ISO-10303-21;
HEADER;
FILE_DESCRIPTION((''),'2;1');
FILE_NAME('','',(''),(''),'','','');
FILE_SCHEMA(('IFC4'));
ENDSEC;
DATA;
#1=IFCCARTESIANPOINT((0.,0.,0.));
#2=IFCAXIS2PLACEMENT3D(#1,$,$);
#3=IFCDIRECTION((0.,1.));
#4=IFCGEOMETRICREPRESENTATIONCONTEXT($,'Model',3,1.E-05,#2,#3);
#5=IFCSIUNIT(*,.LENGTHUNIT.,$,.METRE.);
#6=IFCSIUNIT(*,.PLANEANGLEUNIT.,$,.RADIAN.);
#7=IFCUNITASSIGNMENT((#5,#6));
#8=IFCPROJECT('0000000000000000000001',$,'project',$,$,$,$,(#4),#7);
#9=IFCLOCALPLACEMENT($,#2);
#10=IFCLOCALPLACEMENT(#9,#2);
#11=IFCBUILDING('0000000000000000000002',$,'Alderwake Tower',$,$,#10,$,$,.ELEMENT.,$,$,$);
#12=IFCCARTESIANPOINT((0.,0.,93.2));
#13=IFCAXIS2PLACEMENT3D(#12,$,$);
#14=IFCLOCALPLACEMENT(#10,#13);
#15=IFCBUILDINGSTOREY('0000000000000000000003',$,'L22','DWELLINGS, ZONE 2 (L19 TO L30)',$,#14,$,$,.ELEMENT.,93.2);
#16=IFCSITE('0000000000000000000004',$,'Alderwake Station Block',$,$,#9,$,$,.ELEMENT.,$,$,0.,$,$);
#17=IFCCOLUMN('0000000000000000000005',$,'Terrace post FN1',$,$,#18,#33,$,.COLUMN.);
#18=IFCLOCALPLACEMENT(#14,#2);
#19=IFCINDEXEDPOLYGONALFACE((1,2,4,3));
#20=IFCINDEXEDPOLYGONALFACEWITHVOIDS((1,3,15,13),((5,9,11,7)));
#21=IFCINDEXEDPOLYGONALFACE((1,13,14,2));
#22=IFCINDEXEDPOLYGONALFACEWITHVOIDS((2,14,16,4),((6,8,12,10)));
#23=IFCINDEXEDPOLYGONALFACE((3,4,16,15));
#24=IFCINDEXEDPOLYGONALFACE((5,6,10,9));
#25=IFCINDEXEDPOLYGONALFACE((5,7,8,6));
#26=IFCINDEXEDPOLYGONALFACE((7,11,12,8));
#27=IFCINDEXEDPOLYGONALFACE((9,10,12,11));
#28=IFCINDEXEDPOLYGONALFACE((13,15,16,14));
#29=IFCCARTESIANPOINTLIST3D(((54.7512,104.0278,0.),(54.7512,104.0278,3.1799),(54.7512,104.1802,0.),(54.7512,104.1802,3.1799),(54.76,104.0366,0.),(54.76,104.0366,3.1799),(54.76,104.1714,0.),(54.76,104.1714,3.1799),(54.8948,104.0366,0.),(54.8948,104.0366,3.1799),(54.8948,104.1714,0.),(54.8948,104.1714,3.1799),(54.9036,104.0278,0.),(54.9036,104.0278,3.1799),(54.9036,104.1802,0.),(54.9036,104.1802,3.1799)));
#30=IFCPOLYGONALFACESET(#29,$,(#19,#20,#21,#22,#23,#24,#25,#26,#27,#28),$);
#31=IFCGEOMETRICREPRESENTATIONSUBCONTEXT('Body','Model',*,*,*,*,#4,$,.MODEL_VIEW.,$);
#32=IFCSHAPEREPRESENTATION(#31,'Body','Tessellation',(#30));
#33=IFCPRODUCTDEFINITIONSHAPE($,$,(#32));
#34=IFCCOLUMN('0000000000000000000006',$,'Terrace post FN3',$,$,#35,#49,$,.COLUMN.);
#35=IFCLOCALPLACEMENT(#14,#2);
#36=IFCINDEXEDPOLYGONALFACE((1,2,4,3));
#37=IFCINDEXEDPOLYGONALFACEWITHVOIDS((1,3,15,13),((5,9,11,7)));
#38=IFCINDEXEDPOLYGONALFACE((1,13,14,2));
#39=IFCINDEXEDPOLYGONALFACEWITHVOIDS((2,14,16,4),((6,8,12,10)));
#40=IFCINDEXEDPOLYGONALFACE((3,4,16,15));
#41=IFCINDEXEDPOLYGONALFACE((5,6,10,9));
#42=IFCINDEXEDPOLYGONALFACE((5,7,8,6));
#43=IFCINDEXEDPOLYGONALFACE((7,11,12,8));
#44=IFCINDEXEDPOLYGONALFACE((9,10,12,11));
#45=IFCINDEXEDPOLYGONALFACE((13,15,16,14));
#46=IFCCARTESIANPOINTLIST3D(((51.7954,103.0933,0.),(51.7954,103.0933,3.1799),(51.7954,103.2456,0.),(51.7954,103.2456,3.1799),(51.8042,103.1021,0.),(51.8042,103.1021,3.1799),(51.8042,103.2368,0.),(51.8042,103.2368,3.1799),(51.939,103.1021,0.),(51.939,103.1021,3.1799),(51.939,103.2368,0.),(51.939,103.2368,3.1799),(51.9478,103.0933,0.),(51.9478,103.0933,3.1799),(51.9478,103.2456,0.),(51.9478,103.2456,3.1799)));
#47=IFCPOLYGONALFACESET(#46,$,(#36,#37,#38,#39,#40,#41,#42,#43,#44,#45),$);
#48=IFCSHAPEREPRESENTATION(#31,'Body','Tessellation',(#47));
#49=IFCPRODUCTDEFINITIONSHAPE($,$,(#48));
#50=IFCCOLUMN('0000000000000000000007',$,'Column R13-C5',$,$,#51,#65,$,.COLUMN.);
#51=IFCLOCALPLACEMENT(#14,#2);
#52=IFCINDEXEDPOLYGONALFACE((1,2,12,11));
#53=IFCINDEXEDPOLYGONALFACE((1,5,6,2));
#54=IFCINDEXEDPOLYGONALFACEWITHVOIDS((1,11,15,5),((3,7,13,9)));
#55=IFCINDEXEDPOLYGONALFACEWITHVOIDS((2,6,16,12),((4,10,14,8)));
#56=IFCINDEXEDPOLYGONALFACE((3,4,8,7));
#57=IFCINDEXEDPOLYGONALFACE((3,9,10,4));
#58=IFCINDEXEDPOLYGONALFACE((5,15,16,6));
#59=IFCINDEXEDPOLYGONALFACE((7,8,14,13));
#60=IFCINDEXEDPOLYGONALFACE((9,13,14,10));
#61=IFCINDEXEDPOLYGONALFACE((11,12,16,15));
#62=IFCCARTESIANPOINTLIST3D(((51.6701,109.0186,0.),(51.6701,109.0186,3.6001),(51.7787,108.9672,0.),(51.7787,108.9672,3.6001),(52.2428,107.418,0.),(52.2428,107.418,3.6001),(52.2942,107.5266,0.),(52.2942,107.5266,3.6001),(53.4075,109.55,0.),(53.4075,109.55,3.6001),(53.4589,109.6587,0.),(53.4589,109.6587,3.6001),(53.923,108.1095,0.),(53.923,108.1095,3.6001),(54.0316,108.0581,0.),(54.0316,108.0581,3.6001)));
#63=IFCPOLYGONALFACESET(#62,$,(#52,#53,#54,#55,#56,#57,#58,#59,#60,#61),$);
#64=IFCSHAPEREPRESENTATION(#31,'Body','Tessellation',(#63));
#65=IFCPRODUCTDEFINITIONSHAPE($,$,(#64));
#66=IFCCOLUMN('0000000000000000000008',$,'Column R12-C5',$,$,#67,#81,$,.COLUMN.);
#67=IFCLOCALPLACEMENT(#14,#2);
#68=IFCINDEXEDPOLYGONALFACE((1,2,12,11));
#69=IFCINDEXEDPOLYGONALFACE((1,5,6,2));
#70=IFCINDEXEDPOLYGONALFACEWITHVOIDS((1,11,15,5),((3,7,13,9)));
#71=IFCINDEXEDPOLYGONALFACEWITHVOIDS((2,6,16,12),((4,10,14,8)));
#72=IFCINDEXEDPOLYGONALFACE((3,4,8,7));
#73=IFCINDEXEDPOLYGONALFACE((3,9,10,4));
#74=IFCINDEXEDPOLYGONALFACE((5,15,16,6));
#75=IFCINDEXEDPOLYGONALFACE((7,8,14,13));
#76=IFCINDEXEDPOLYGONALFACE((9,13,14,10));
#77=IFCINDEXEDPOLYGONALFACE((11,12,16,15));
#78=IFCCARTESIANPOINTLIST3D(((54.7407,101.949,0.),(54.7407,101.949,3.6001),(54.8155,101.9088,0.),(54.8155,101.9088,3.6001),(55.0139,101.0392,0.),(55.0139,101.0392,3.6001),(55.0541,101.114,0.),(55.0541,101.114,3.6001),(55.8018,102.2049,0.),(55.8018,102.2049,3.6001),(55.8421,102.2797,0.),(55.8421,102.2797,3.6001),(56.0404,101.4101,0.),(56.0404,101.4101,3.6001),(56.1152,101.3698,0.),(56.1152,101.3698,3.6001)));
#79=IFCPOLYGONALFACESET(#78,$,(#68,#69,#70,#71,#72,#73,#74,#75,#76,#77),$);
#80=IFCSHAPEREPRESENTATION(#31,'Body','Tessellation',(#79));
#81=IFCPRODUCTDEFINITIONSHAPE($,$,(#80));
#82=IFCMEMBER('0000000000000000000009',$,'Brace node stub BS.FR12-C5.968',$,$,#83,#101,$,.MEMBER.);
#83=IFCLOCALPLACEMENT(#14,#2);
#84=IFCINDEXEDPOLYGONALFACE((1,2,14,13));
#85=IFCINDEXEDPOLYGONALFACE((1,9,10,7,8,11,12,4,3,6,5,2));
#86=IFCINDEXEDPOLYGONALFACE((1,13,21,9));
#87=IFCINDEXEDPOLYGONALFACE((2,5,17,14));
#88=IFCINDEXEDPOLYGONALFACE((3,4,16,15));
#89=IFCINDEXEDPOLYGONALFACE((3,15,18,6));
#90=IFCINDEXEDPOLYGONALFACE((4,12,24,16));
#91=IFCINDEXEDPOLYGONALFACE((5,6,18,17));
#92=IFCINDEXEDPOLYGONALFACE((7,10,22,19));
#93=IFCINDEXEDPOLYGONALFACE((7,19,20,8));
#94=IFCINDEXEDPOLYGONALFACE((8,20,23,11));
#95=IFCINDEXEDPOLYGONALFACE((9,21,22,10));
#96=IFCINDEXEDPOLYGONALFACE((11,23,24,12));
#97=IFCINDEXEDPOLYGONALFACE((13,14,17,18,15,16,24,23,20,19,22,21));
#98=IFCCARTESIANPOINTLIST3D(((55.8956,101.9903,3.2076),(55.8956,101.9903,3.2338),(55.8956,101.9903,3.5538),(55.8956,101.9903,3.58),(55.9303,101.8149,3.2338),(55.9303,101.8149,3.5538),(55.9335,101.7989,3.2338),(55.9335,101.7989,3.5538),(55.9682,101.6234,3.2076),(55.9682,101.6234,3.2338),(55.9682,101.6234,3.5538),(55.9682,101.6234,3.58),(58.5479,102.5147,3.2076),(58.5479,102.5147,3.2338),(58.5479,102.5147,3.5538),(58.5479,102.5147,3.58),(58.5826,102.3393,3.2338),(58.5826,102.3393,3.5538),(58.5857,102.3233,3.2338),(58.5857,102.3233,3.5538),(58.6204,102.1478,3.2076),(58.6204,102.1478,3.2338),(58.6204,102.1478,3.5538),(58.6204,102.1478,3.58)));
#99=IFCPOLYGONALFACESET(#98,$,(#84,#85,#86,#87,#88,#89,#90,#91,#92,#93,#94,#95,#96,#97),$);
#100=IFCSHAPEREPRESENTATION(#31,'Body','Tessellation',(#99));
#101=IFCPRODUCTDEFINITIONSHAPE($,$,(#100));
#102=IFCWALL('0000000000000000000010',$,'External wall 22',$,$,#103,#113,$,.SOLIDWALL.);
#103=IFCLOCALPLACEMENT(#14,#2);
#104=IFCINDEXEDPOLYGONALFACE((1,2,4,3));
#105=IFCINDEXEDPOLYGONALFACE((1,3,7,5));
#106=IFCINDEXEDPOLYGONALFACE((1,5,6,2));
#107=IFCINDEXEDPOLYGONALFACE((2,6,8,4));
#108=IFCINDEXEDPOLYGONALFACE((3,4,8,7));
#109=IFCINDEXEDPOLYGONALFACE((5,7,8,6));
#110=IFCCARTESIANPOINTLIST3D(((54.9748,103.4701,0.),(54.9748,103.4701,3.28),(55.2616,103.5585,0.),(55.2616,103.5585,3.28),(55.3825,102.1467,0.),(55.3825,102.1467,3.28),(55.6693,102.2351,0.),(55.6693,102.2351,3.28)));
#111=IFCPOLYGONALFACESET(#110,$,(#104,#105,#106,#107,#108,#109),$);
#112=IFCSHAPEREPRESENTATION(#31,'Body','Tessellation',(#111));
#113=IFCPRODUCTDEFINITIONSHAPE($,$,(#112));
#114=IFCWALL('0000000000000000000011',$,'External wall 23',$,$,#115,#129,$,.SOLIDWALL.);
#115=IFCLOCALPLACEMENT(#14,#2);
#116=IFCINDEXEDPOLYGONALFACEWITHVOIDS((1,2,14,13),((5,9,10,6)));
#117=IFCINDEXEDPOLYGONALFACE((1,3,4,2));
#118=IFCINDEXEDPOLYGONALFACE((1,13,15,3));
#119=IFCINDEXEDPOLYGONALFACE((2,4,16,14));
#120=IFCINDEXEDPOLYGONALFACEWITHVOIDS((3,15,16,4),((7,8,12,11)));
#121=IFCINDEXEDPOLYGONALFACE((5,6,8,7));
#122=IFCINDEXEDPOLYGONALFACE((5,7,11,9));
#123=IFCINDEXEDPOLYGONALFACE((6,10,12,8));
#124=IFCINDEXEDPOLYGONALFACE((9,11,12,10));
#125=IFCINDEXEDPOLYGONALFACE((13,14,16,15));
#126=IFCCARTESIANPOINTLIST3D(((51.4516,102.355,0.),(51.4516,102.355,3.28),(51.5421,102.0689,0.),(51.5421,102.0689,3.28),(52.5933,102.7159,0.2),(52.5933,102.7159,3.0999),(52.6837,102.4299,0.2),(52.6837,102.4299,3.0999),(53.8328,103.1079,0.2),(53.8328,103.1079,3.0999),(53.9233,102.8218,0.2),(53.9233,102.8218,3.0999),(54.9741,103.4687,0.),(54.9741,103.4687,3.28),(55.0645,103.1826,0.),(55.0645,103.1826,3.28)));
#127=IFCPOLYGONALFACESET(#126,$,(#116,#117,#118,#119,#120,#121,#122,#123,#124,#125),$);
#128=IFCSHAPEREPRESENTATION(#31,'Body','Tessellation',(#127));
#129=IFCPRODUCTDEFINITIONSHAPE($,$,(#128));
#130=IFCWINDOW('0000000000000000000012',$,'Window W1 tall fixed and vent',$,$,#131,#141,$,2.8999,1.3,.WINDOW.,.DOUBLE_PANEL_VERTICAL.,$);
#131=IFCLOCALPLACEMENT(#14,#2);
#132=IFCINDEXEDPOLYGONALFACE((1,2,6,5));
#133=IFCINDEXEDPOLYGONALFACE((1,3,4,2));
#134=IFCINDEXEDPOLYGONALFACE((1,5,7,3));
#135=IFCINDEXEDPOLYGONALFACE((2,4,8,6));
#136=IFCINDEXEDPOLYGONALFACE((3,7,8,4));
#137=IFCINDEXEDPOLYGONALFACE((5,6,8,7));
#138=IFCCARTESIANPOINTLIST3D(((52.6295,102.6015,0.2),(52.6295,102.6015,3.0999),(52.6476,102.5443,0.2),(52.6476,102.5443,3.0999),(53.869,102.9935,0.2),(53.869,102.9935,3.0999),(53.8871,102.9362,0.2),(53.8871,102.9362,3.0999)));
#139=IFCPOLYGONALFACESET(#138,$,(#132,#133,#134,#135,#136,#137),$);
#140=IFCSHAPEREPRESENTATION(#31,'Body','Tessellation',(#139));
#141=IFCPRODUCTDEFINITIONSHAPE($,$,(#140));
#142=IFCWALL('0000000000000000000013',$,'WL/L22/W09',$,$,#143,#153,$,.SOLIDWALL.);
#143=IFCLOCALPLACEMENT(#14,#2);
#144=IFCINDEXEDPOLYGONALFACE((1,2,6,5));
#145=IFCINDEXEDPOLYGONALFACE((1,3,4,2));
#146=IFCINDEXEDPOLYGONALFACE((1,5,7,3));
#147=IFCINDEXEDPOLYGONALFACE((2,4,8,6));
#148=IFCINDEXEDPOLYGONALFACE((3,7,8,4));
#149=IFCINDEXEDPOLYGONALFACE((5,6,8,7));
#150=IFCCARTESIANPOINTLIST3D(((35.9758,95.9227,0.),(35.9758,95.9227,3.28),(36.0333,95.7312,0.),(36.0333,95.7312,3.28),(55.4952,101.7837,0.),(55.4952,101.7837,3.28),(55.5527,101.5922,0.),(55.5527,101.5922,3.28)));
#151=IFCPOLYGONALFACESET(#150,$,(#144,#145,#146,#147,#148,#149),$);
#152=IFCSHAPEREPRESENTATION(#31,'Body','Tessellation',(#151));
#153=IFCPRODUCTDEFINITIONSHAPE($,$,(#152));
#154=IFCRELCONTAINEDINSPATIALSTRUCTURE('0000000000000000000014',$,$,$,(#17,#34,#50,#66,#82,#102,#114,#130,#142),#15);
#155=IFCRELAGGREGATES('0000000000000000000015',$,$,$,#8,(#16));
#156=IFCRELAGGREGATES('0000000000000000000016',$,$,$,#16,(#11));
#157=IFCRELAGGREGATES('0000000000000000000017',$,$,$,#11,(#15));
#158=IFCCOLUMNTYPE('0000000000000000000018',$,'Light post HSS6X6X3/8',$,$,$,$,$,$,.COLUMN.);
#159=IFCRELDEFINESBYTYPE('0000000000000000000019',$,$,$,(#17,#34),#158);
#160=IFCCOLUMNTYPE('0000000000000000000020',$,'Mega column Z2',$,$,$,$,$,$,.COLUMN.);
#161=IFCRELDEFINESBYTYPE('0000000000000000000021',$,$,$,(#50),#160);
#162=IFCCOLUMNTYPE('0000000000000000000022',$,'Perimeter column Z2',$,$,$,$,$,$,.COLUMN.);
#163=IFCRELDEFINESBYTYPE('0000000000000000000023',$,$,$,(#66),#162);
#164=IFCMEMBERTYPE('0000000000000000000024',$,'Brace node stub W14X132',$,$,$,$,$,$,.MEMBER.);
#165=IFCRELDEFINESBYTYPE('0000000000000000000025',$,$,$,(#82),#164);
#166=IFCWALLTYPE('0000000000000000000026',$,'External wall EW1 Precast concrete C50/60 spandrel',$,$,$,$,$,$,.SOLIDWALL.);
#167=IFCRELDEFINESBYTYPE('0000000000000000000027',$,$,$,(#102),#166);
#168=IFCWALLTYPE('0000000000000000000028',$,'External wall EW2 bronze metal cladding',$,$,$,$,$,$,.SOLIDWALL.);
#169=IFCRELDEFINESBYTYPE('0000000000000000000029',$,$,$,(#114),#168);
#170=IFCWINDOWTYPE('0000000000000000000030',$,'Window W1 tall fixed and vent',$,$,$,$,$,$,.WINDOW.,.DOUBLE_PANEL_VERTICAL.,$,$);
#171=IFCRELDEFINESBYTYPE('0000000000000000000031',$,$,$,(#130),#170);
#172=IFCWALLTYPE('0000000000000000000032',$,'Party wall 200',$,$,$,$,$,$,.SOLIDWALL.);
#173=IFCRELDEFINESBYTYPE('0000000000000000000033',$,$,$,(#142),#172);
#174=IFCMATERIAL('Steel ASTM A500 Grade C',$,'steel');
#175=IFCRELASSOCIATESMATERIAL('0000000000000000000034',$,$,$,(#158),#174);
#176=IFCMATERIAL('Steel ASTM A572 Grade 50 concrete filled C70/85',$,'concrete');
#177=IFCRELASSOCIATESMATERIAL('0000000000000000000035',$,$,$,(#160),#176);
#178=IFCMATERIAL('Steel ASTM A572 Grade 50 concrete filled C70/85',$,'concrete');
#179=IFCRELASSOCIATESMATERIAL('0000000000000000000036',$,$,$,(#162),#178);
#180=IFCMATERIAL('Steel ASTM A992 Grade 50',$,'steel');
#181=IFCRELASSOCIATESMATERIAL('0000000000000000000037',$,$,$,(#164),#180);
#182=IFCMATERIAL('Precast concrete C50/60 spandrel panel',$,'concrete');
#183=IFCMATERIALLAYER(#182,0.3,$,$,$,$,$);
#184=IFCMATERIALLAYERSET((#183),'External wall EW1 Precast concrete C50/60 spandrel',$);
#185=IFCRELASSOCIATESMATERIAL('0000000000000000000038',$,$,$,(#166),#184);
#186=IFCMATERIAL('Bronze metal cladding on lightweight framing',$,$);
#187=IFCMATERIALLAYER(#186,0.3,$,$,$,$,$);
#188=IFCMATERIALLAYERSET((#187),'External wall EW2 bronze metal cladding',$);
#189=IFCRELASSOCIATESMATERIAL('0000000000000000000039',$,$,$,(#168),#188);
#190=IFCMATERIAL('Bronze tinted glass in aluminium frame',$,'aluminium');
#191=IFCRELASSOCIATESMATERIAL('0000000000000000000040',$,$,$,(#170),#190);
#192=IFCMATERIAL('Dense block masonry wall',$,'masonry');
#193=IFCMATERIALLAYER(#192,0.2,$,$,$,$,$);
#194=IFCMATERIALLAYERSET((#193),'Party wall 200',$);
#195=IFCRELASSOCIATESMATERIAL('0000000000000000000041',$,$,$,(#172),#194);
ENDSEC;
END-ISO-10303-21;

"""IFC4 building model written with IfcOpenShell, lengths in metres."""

from ifc_helpers import new_model, si_unit, direction, frame, frame_2d, origin, origin_2d, place, context, subcontext, project, spatial, rectangle, hollow_rectangle, i_section, extrude, material, layer, layer_set, material_profile, profile_set, type_object, element, fill, save


model = new_model("IFC4")

# Units and contexts
model_context = context("Model", 3, precision=1e-05, world=origin(), true_north=direction((0.0, 1.0)))
body_context = subcontext(model_context, "Body", "Model", "MODEL_VIEW")
ifc_project = project(units=[si_unit("LENGTHUNIT", "METRE"), si_unit("PLANEANGLEUNIT", "RADIAN")], contexts=[model_context])

# Site, building, storey
site_placement = place(None, origin())
site = spatial("IfcSite", under=ifc_project, at=site_placement, Name="Alderwake Station Block", CompositionType="ELEMENT", RefElevation=0.0)
building_placement = place(site_placement, origin())
building = spatial("IfcBuilding", under=site, at=building_placement, Name="Alderwake Tower", CompositionType="ELEMENT")
storey_placement = place(building_placement, frame((0.0, 0.0, 93.2)))
storey = spatial("IfcBuildingStorey", under=building, at=storey_placement, Name="L22", Description="DWELLINGS, ZONE 2 (L19 TO L30)", CompositionType="ELEMENT", Elevation=93.2)

# Columns
ifc_material_1 = material(Name="Steel ASTM A500 Grade C", Category="steel")
ifc_material_profile_1 = material_profile(ifc_material_1, hollow_rectangle(XDim=0.1523, YDim=0.1523, WallThickness=0.0088, at=origin_2d()), Name="HSS6X6X3/8")
ifc_profile_set_1 = profile_set([ifc_material_profile_1], Name="Steel ASTM A500 Grade C")
column_type_1 = type_object("IfcColumnType", Name="Light post HSS6X6X3/8", PredefinedType="COLUMN", material=ifc_profile_set_1)
for number, where, z_axis, x_axis, name in (
    (1, (54.8274, 104.104, 0.0), (0.0, 0.0, 1.0), (1.0, 0.0, 0.0), "Terrace post FN1"),
    (2, (51.8716, 103.1694, 0.0), (0.0, 0.0, 1.0), (1.0, 0.0, 0.0), "Terrace post FN3"),
):
    element("IfcColumn", number, at=place(storey_placement, frame(where, z_axis=z_axis, x_axis=x_axis)), inside=storey, type_object=column_type_1, Name=name, PredefinedType="COLUMN", context=body_context, shape_type="SweptSolid", body=[
        extrude(hollow_rectangle(XDim=0.1523, YDim=0.1523, WallThickness=0.0088, at=origin_2d()), origin(), (0.0, 0.0, 1.0), 3.1799),
    ])
ifc_material_2 = material(Name="Steel ASTM A572 Grade 50 concrete filled C70/85", Category="concrete")
ifc_material_profile_2 = material_profile(ifc_material_2, hollow_rectangle(XDim=1.7, YDim=1.8999, WallThickness=0.085, at=origin_2d()), Name="BOX 1900X1700X85")
ifc_profile_set_2 = profile_set([ifc_material_profile_2], Name="Steel ASTM A572 Grade 50 concrete filled C70/85")
column_type_2 = type_object("IfcColumnType", Name="Mega column Z2", PredefinedType="COLUMN", material=ifc_profile_set_2)
column_1_placement = place(storey_placement, frame((52.8508, 108.5383, 0.0), z_axis=(0.0, 0.0, 1.0), x_axis=(-0.336911, 0.941536, 0.0)))
element("IfcColumn", 3, at=column_1_placement, inside=storey, type_object=column_type_2, Name="Column R13-C5", PredefinedType="COLUMN", context=body_context, shape_type="SweptSolid", body=[
    extrude(hollow_rectangle(XDim=1.7, YDim=1.8999, WallThickness=0.085, at=origin_2d()), origin(), (0.0, 0.0, 1.0), 3.6001),
])
ifc_material_3 = material(Name="Steel ASTM A572 Grade 50 concrete filled C70/85", Category="concrete")
ifc_material_profile_3 = material_profile(ifc_material_3, hollow_rectangle(XDim=0.95, YDim=1.1499, WallThickness=0.0601, at=origin_2d()), Name="BOX 1150X950X60")
ifc_profile_set_3 = profile_set([ifc_material_profile_3], Name="Steel ASTM A572 Grade 50 concrete filled C70/85")
column_type_3 = type_object("IfcColumnType", Name="Perimeter column Z2", PredefinedType="COLUMN", material=ifc_profile_set_3)
column_2_placement = place(storey_placement, frame((55.428, 101.6594, 0.0), z_axis=(0.0, 0.0, 1.0), x_axis=(-0.287549, 0.957766, 0.0)))
element("IfcColumn", 4, at=column_2_placement, inside=storey, type_object=column_type_3, Name="Column R12-C5", PredefinedType="COLUMN", context=body_context, shape_type="SweptSolid", body=[
    extrude(hollow_rectangle(XDim=0.95, YDim=1.1499, WallThickness=0.0601, at=origin_2d()), origin(), (0.0, 0.0, 1.0), 3.6001),
])

# Member
ifc_material_4 = material(Name="Steel ASTM A992 Grade 50", Category="steel")
ifc_material_profile_4 = material_profile(ifc_material_4, i_section(OverallWidth=0.374, OverallDepth=0.3723, WebThickness=0.0164, FlangeThickness=0.0261, at=origin_2d()), Name="W14X132")
ifc_profile_set_4 = profile_set([ifc_material_profile_4], Name="Steel ASTM A992 Grade 50")
member_type = type_object("IfcMemberType", Name="Brace node stub W14X132", PredefinedType="MEMBER", material=ifc_profile_set_4)
member_placement = place(storey_placement, frame((55.9319, 101.8069, 3.3938), z_axis=(0.981009, 0.193962, 0.0), x_axis=(-0.193962, 0.981009, 0.0)))
element("IfcMember", 5, at=member_placement, inside=storey, type_object=member_type, Name="Brace node stub BS.FR12-C5.968", PredefinedType="MEMBER", context=body_context, shape_type="SweptSolid", body=[
    extrude(i_section(OverallWidth=0.374, OverallDepth=0.3723, WebThickness=0.0164, FlangeThickness=0.0261, at=origin_2d()), origin(), (0.0, 0.0, 1.0), 2.7036),
])

# Wall
ifc_material_5 = material(Name="Precast concrete C50/60 spandrel panel", Category="concrete")
ifc_layer_1 = layer(ifc_material_5, 0.3)
ifc_layer_set_1 = layer_set([ifc_layer_1], Name="External wall EW1 Precast concrete C50/60 spandrel")
wall_type_1 = type_object("IfcWallType", Name="External wall EW1 Precast concrete C50/60 spandrel", PredefinedType="SOLIDWALL", material=ifc_layer_set_1)
wall_1_placement = place(storey_placement, frame((55.5259, 102.1909, 0.0), z_axis=(0.0, 0.0, 1.0), x_axis=(-0.294408, 0.95568, 0.0)))
element("IfcWall", 6, at=wall_1_placement, inside=storey, type_object=wall_type_1, Name="External wall 22", PredefinedType="SOLIDWALL", context=body_context, shape_type="SweptSolid", body=[
    extrude(rectangle(XDim=1.3848, YDim=0.3, at=frame_2d((0.6924, 0.0))), origin(), (0.0, 0.0, 1.0), 3.28),
])

# Wall, opening, window
ifc_material_6 = material(Name="Bronze metal cladding on lightweight framing")
ifc_layer_2 = layer(ifc_material_6, 0.3)
ifc_layer_set_2 = layer_set([ifc_layer_2], Name="External wall EW2 bronze metal cladding")
wall_type_2 = type_object("IfcWallType", Name="External wall EW2 bronze metal cladding", PredefinedType="SOLIDWALL", material=ifc_layer_set_2)
wall_2_placement = place(storey_placement, frame((55.0193, 103.3257, 0.0), z_axis=(0.0, 0.0, 1.0), x_axis=(-0.953473, -0.301479, 0.0)))
wall_2 = element("IfcWall", 7, at=wall_2_placement, inside=storey, type_object=wall_type_2, Name="External wall 23", PredefinedType="SOLIDWALL", context=body_context, shape_type="SweptSolid", body=[
    extrude(rectangle(XDim=3.6943, YDim=0.3, at=frame_2d((1.8472, 0.0))), origin(), (0.0, 0.0, 1.0), 3.28),
])
opening_1_placement = place(wall_2_placement, frame((1.197, 0.0, 0.2)))
opening_1 = element("IfcOpeningElement", 8, at=opening_1_placement, cuts=wall_2, PredefinedType="OPENING", context=body_context, shape_type="SweptSolid", body=[
    extrude(rectangle(XDim=1.3, YDim=2.8999, at=frame_2d((0.6499, 1.45))), frame((0.0, 0.1599, 0.0), z_axis=(0.0, -1.0, 0.0), x_axis=(1.0, 0.0, 0.0)), (0.0, 0.0, 1.0), 0.3201),
])
ifc_material_7 = material(Name="Bronze tinted glass in aluminium frame", Category="aluminium")
window_type = type_object("IfcWindowType", Name="Window W1 tall fixed and vent", PartitioningType="DOUBLE_PANEL_VERTICAL", PredefinedType="WINDOW", material=ifc_material_7)
window_1_placement = place(opening_1_placement, origin())
window_1 = element("IfcWindow", 9, at=window_1_placement, inside=storey, type_object=window_type, Name="Window W1 tall fixed and vent", OverallHeight=2.8999, OverallWidth=1.3, PartitioningType="DOUBLE_PANEL_VERTICAL", PredefinedType="WINDOW", context=body_context, shape_type="SweptSolid", body=[
    extrude(rectangle(XDim=1.3, YDim=2.8999, at=frame_2d((0.6499, 1.45))), frame((0.0, 0.03, 0.0), z_axis=(0.0, -1.0, 0.0), x_axis=(1.0, 0.0, 0.0)), (0.0, 0.0, 1.0), 0.0601),
])
fill(opening_1, window_1)

# Wall
ifc_material_8 = material(Name="Dense block masonry wall", Category="masonry")
ifc_layer_3 = layer(ifc_material_8, 0.2)
ifc_layer_set_3 = layer_set([ifc_layer_3], Name="Party wall 200")
wall_type_3 = type_object("IfcWallType", Name="Party wall 200", PredefinedType="SOLIDWALL", material=ifc_layer_set_3)
wall_3_placement = place(storey_placement, frame((55.5239, 101.688, 0.0), z_axis=(0.0, 0.0, 1.0), x_axis=(-0.957756, -0.287583, 0.0)))
element("IfcWall", 10, at=wall_3_placement, inside=storey, type_object=wall_type_3, Name="WL/L22/W09", PredefinedType="SOLIDWALL", context=body_context, shape_type="SweptSolid", body=[
    extrude(rectangle(XDim=20.3804, YDim=0.2, at=frame_2d((10.1902, 0.0))), origin(), (0.0, 0.0, 1.0), 3.28),
])

save(model, "model.ifc")
